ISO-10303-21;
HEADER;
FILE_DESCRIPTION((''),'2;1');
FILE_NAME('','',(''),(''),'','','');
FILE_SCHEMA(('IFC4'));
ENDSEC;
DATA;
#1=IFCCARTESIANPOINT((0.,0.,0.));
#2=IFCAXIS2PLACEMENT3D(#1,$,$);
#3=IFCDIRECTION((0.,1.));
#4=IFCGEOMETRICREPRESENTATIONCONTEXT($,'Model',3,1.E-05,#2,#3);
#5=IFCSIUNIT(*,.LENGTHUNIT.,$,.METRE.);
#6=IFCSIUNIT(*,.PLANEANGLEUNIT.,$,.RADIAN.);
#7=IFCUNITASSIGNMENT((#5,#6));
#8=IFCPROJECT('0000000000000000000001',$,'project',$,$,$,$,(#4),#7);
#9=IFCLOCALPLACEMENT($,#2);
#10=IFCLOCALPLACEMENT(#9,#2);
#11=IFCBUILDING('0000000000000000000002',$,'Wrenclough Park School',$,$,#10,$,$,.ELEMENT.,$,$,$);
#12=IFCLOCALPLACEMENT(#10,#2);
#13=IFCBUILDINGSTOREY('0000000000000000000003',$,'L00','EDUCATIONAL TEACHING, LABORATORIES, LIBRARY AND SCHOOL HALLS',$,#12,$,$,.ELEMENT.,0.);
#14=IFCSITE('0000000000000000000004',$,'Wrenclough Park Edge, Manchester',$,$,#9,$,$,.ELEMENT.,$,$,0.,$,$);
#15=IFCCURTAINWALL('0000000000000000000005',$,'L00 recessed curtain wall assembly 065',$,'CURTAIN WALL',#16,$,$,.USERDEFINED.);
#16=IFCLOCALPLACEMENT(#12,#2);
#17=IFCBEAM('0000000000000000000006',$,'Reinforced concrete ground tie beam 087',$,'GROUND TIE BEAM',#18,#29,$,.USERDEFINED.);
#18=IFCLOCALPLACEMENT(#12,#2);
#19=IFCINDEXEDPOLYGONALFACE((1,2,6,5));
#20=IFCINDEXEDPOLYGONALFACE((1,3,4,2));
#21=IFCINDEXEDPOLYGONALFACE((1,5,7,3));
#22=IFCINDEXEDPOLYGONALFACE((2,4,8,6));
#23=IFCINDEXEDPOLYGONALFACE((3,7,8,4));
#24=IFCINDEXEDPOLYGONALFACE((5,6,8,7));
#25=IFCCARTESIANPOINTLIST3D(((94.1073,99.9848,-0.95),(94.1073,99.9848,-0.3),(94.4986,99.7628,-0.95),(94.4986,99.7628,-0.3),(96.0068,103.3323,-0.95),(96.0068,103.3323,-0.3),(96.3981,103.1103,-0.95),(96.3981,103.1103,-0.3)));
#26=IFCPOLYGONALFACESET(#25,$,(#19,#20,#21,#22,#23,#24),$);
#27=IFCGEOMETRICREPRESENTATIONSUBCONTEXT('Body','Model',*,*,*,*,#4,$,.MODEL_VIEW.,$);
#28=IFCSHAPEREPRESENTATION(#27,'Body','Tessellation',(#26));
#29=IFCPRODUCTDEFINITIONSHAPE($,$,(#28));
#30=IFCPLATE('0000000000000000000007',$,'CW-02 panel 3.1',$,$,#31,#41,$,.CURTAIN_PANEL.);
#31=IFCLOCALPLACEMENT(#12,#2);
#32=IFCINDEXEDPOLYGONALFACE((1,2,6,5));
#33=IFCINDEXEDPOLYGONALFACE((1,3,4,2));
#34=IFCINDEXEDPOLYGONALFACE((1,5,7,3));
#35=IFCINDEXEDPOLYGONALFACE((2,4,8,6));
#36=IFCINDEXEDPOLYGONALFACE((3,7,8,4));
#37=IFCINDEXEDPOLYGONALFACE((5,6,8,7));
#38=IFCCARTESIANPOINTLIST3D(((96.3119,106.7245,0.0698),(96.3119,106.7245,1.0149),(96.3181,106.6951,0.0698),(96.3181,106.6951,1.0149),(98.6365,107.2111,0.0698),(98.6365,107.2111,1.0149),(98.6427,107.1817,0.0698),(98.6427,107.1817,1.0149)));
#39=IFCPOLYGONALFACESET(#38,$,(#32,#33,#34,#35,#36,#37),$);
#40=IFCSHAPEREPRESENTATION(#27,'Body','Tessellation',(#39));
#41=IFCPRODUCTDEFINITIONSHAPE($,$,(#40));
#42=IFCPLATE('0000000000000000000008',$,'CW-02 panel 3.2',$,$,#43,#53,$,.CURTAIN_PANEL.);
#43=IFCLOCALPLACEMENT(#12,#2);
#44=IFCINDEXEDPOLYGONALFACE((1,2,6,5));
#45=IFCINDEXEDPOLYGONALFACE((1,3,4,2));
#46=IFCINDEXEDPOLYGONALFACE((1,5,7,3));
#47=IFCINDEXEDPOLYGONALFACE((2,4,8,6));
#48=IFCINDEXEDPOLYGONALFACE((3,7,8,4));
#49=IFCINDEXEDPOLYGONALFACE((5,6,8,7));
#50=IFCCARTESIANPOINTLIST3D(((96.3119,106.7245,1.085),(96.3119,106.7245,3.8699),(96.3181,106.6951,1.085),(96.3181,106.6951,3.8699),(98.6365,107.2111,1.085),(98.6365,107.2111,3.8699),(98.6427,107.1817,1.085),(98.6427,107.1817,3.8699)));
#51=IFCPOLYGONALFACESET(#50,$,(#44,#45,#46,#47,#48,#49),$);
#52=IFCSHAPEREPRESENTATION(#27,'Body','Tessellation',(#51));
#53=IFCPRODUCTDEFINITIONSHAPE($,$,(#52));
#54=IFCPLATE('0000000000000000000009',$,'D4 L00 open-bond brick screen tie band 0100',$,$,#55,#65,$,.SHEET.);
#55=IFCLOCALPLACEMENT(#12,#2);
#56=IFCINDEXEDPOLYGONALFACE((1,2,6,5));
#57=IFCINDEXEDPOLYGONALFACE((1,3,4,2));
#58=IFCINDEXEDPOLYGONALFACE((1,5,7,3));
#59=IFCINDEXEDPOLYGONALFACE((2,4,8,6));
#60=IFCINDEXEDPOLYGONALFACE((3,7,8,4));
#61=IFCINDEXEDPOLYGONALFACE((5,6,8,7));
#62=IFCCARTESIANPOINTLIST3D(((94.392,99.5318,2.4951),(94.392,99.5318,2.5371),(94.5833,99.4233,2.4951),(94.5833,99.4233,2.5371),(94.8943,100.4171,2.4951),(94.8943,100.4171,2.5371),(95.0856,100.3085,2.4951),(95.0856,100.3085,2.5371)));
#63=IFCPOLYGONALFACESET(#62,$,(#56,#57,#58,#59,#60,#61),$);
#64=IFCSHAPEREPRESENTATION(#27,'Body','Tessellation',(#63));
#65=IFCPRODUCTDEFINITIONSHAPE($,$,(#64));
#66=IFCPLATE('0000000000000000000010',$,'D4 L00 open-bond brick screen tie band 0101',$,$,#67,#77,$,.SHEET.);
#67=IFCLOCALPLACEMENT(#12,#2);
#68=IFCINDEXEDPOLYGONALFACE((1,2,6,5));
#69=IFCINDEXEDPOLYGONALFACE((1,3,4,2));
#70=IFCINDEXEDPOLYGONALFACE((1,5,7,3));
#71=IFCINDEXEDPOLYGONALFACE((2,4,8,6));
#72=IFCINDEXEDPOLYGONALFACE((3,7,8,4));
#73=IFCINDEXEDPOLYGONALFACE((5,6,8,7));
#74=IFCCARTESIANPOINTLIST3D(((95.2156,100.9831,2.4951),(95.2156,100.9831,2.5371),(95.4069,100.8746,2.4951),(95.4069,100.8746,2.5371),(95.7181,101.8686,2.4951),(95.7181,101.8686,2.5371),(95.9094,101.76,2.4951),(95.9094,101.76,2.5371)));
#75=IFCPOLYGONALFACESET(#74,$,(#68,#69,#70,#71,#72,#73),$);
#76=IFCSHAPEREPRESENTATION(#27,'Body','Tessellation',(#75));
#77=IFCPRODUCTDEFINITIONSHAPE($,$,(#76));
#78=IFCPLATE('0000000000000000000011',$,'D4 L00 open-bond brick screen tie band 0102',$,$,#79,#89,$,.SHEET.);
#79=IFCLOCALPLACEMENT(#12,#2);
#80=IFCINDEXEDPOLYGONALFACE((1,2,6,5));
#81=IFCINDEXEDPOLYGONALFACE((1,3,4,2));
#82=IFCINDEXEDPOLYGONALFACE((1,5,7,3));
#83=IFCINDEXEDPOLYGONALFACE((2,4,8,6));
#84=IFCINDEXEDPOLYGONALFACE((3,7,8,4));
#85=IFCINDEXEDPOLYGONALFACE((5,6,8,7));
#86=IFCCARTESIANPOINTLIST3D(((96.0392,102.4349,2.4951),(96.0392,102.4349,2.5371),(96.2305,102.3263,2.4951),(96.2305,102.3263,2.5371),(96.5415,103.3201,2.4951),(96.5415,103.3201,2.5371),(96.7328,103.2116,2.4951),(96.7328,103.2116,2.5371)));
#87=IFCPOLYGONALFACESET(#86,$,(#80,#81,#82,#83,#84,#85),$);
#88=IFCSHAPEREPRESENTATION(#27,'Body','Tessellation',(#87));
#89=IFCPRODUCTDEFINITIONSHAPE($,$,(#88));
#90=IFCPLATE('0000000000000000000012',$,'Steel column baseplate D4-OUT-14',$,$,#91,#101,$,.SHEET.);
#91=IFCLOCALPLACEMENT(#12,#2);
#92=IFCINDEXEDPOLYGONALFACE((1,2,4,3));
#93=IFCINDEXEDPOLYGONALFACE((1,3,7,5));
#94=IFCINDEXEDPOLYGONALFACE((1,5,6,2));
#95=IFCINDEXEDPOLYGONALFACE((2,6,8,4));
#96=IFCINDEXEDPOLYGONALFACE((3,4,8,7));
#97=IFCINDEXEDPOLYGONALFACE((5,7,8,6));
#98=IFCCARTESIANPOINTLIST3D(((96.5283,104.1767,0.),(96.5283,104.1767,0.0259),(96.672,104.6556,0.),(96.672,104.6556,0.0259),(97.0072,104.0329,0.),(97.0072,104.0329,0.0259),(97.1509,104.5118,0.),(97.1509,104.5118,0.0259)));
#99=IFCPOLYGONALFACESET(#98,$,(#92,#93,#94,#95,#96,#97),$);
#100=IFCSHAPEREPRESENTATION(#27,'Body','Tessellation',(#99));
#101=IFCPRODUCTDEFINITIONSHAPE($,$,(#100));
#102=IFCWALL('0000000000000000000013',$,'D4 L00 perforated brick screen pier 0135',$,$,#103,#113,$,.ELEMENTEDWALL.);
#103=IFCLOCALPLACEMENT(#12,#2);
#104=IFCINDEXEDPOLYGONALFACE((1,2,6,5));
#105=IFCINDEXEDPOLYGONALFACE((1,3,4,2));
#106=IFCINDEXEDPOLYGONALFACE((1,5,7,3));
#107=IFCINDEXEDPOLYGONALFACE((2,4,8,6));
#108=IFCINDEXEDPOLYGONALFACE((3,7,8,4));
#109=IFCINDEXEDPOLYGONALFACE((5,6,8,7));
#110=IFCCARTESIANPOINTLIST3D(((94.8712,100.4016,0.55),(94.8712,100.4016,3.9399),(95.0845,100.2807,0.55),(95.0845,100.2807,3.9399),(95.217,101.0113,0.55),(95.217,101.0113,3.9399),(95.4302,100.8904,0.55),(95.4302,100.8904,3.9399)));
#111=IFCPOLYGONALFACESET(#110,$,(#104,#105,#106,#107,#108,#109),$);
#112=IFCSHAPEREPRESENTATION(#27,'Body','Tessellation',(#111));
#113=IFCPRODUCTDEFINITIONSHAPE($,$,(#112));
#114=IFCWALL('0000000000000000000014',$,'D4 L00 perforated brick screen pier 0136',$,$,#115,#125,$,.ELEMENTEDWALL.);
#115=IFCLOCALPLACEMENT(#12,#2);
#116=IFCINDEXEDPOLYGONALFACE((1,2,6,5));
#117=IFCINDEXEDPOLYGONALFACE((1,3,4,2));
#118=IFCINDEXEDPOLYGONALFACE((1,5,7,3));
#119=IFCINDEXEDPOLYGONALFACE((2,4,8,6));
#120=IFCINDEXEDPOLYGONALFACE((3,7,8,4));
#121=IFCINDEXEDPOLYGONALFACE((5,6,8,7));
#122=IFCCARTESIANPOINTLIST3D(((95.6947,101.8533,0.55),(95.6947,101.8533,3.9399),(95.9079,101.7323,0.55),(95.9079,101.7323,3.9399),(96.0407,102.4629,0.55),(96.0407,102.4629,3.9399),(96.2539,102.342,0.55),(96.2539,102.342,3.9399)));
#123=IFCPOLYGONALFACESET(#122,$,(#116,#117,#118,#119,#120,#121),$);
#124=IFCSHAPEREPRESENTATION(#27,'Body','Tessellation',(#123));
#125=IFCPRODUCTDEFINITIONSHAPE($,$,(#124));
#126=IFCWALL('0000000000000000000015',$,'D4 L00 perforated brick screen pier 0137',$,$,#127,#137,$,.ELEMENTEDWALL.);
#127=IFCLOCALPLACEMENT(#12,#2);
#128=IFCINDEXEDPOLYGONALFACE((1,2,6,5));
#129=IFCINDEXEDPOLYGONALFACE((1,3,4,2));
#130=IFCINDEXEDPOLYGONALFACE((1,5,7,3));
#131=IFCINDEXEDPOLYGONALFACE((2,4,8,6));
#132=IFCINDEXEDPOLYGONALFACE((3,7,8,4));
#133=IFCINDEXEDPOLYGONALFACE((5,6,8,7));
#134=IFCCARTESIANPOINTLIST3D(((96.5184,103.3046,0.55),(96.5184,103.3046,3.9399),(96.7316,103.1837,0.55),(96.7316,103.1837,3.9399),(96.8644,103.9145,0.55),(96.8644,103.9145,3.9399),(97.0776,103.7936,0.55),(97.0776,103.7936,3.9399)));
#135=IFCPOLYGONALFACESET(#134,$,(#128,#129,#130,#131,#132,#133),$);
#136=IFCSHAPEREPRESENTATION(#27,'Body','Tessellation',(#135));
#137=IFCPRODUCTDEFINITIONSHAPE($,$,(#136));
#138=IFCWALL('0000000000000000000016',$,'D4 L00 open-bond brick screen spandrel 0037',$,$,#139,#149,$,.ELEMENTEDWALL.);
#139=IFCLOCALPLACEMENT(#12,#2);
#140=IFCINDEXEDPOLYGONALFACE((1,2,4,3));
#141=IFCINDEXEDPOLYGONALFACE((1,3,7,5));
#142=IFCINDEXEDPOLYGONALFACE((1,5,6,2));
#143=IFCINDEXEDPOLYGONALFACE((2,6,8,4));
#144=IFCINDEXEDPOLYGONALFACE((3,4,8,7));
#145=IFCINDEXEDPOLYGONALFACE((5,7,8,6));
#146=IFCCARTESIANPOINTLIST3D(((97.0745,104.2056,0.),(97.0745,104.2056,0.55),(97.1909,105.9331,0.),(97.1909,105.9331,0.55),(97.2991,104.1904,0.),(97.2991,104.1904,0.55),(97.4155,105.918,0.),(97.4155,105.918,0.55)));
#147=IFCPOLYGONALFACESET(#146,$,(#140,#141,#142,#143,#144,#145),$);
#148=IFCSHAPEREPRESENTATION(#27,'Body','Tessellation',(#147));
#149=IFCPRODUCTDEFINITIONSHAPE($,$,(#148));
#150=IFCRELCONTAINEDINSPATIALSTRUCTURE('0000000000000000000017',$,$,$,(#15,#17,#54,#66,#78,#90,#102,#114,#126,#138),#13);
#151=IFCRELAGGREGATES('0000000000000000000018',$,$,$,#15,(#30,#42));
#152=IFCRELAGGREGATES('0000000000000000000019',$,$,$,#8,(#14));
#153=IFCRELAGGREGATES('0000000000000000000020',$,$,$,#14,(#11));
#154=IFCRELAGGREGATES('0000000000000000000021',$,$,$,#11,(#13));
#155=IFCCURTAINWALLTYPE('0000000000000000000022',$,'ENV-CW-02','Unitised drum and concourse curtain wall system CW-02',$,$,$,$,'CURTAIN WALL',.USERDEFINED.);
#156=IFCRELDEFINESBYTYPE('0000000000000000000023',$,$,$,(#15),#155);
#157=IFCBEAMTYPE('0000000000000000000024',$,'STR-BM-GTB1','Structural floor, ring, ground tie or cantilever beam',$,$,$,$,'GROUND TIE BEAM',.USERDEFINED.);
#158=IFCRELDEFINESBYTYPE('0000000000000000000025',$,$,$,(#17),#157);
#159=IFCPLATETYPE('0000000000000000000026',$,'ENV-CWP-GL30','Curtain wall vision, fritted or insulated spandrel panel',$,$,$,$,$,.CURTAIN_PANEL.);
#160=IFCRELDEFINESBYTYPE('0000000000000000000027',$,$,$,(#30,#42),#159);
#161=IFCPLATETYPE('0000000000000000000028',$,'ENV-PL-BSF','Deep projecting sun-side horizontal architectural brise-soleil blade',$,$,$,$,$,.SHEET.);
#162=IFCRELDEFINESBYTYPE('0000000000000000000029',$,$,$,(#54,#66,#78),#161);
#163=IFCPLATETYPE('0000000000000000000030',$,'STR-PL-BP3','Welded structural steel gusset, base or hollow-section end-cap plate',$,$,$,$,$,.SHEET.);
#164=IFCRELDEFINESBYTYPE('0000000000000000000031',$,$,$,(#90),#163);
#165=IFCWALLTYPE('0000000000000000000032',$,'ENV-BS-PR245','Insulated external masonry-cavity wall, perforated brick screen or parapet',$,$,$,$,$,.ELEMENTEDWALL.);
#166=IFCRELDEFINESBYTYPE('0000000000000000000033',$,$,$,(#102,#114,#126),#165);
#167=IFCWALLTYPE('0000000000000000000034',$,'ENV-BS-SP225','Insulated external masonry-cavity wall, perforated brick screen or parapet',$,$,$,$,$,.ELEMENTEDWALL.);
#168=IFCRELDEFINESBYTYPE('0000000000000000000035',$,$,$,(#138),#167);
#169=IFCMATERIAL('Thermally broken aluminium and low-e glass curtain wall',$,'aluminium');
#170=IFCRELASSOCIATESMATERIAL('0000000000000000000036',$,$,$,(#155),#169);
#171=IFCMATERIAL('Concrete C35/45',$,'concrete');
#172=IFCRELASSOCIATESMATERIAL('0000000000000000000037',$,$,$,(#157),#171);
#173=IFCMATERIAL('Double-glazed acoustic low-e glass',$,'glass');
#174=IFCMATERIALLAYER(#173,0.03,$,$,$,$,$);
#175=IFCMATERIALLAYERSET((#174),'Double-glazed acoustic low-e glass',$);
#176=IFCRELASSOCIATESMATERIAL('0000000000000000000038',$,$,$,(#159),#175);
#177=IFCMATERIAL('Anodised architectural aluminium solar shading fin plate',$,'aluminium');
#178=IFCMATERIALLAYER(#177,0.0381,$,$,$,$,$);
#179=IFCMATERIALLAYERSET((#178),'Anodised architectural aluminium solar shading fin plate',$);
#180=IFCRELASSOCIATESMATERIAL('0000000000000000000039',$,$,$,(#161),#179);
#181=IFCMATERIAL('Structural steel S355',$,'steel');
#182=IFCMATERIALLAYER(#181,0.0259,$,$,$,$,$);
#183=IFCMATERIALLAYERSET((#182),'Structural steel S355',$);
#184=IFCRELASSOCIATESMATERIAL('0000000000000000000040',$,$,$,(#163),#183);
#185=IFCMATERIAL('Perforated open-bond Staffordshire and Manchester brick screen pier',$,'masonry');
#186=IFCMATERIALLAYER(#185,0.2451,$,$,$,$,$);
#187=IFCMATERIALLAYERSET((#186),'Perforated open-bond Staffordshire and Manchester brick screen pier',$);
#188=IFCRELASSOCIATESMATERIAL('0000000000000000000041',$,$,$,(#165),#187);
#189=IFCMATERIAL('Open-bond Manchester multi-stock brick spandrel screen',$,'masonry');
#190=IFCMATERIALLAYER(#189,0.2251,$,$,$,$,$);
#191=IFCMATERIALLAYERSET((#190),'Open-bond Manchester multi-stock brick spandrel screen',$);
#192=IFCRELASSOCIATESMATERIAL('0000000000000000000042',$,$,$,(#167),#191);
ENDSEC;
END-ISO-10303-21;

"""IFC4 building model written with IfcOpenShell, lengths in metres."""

from ifc_helpers import new_model, si_unit, direction, frame, frame_2d, origin, origin_2d, place, context, subcontext, project, spatial, rectangle, extrude, material, layer, layer_set, material_profile, profile_set, type_object, element, aggregate, save


model = new_model("IFC4")

# Units and contexts
model_context = context("Model", 3, precision=1e-05, world=origin(), true_north=direction((0.0, 1.0)))
body_context = subcontext(model_context, "Body", "Model", "MODEL_VIEW")
ifc_project = project(units=[si_unit("LENGTHUNIT", "METRE"), si_unit("PLANEANGLEUNIT", "RADIAN")], contexts=[model_context])

# Site, building, storey
site_placement = place(None, origin())
site = spatial("IfcSite", under=ifc_project, at=site_placement, Name="Wrenclough Park Edge, Manchester", CompositionType="ELEMENT", RefElevation=0.0)
building_placement = place(site_placement, origin())
building = spatial("IfcBuilding", under=site, at=building_placement, Name="Wrenclough Park School", CompositionType="ELEMENT")
storey_placement = place(building_placement, origin())
storey = spatial("IfcBuildingStorey", under=building, at=storey_placement, Name="L00", Description="EDUCATIONAL TEACHING, LABORATORIES, LIBRARY AND SCHOOL HALLS", CompositionType="ELEMENT", Elevation=0.0)

# Shared definitions
ifc_material_1 = material(Name="Concrete C35/45", Category="concrete")

# Shared definitions
ifc_material_2 = material(Name="Structural steel S355", Category="steel")

# Curtain wall
ifc_material_3 = material(Name="Thermally broken aluminium and low-e glass curtain wall", Category="aluminium")
curtain_wall_type = type_object("IfcCurtainWallType", Name="ENV-CW-02", Description="Unitised drum and concourse curtain wall system CW-02", ElementType="CURTAIN WALL", PredefinedType="USERDEFINED", material=ifc_material_3)
curtain_wall_placement = place(storey_placement, origin())
curtain_wall = element("IfcCurtainWall", 1, at=curtain_wall_placement, inside=storey, type_object=curtain_wall_type, Name="L00 recessed curtain wall assembly 065", ObjectType="CURTAIN WALL", PredefinedType="USERDEFINED")

# Beam
ifc_material_profile_1 = material_profile(ifc_material_1, rectangle(XDim=0.45, YDim=0.6499, at=origin_2d()), Name="RC GROUND 450x650")
ifc_profile_set_1 = profile_set([ifc_material_profile_1], Name="Concrete C35/45")
beam_type = type_object("IfcBeamType", Name="STR-BM-GTB1", Description="Structural floor, ring, ground tie or cantilever beam", ElementType="GROUND TIE BEAM", PredefinedType="USERDEFINED", material=ifc_profile_set_1)
beam_placement = place(storey_placement, frame((94.303, 99.8738, -0.625), z_axis=(0.493513, 0.869738, 0.0), x_axis=(-0.869738, 0.493513, 0.0)))
element("IfcBeam", 2, at=beam_placement, inside=storey, type_object=beam_type, Name="Reinforced concrete ground tie beam 087", ObjectType="GROUND TIE BEAM", PredefinedType="USERDEFINED", context=body_context, shape_type="SweptSolid", body=[
    extrude(rectangle(XDim=0.45, YDim=0.6499, at=origin_2d()), origin(), (0.0, 0.0, 1.0), 3.8489),
])

# Plates
ifc_material_4 = material(Name="Double-glazed acoustic low-e glass", Category="glass")
ifc_layer_1 = layer(ifc_material_4, 0.03)
ifc_layer_set_1 = layer_set([ifc_layer_1], Name="Double-glazed acoustic low-e glass")
plate_type_1 = type_object("IfcPlateType", Name="ENV-CWP-GL30", Description="Curtain wall vision, fritted or insulated spandrel panel", PredefinedType="CURTAIN_PANEL", material=ifc_layer_set_1)
plate_1_placement = place(storey_placement, frame((97.4773, 106.9531, 0.0698), z_axis=(0.0, 0.0, 1.0), x_axis=(-0.978788, -0.204874, 0.0)))
plate_1 = element("IfcPlate", 3, at=plate_1_placement, type_object=plate_type_1, Name="CW-02 panel 3.1", PredefinedType="CURTAIN_PANEL", context=body_context, shape_type="SweptSolid", body=[
    extrude(rectangle(XDim=2.375, YDim=0.03, at=origin_2d()), origin(), (0.0, 0.0, 1.0), 0.9451),
])
plate_2_placement = place(storey_placement, frame((97.4773, 106.9531, 1.085), z_axis=(0.0, 0.0, 1.0), x_axis=(-0.978788, -0.204874, 0.0)))
plate_2 = element("IfcPlate", 4, at=plate_2_placement, type_object=plate_type_1, Name="CW-02 panel 3.2", PredefinedType="CURTAIN_PANEL", context=body_context, shape_type="SweptSolid", body=[
    extrude(rectangle(XDim=2.375, YDim=0.03, at=origin_2d()), origin(), (0.0, 0.0, 1.0), 2.7849),
])
aggregate(curtain_wall, [plate_1, plate_2])

# Plates
ifc_material_5 = material(Name="Anodised architectural aluminium solar shading fin plate", Category="aluminium")
ifc_layer_2 = layer(ifc_material_5, 0.0381)
ifc_layer_set_2 = layer_set([ifc_layer_2], Name="Anodised architectural aluminium solar shading fin plate")
plate_type_2 = type_object("IfcPlateType", Name="ENV-PL-BSF", Description="Deep projecting sun-side horizontal architectural brise-soleil blade", PredefinedType="SHEET", material=ifc_layer_set_2)
plate_3_placement = place(storey_placement, frame((94.7388, 99.9202, 2.4951), z_axis=(0.0, 0.0, 1.0), x_axis=(0.493509, 0.869741, 0.0)))
element("IfcPlate", 5, at=plate_3_placement, inside=storey, type_object=plate_type_2, Name="D4 L00 open-bond brick screen tie band 0100", PredefinedType="SHEET", context=body_context, shape_type="SweptSolid", body=[
    extrude(rectangle(XDim=1.0178, YDim=0.22, at=origin_2d()), origin(), (0.0, 0.0, 1.0), 0.042),
])
plate_4_placement = place(storey_placement, frame((95.5625, 101.3716, 2.4951), z_axis=(0.0, 0.0, 1.0), x_axis=(0.493509, 0.869741, 0.0)))
element("IfcPlate", 6, at=plate_4_placement, inside=storey, type_object=plate_type_2, Name="D4 L00 open-bond brick screen tie band 0101", PredefinedType="SHEET", context=body_context, shape_type="SweptSolid", body=[
    extrude(rectangle(XDim=1.0181, YDim=0.22, at=origin_2d()), origin(), (0.0, 0.0, 1.0), 0.042),
])
plate_5_placement = place(storey_placement, frame((96.386, 102.8232, 2.4951), z_axis=(0.0, 0.0, 1.0), x_axis=(0.493509, 0.869741, 0.0)))
element("IfcPlate", 7, at=plate_5_placement, inside=storey, type_object=plate_type_2, Name="D4 L00 open-bond brick screen tie band 0102", PredefinedType="SHEET", context=body_context, shape_type="SweptSolid", body=[
    extrude(rectangle(XDim=1.0178, YDim=0.22, at=origin_2d()), origin(), (0.0, 0.0, 1.0), 0.042),
])
ifc_layer_3 = layer(ifc_material_2, 0.0259)
ifc_layer_set_3 = layer_set([ifc_layer_3], Name="Structural steel S355")
plate_type_3 = type_object("IfcPlateType", Name="STR-PL-BP3", Description="Welded structural steel gusset, base or hollow-section end-cap plate", PredefinedType="SHEET", material=ifc_layer_set_3)
plate_6_placement = place(storey_placement, frame((96.8396, 104.3442, 0.0), z_axis=(0.0, 0.0, 1.0), x_axis=(0.287528, 0.957772, 0.0)))
element("IfcPlate", 8, at=plate_6_placement, inside=storey, type_object=plate_type_3, Name="Steel column baseplate D4-OUT-14", PredefinedType="SHEET", context=body_context, shape_type="SweptSolid", body=[
    extrude(rectangle(XDim=0.5, YDim=0.5, at=origin_2d()), origin(), (0.0, 0.0, 1.0), 0.0259),
])

# Walls
ifc_material_6 = material(Name="Perforated open-bond Staffordshire and Manchester brick screen pier", Category="masonry")
ifc_layer_4 = layer(ifc_material_6, 0.2451)
ifc_layer_set_4 = layer_set([ifc_layer_4], Name="Perforated open-bond Staffordshire and Manchester brick screen pier")
wall_type_1 = type_object("IfcWallType", Name="ENV-BS-PR245", Description="Insulated external masonry-cavity wall, perforated brick screen or parapet", PredefinedType="ELEMENTEDWALL", material=ifc_layer_set_4)
for number, where, z_axis, x_axis, name in (
    (9, (94.9778, 100.3411, 0.55), (0.0, 0.0, 1.0), (0.493285, 0.869868, 0.0), "D4 L00 perforated brick screen pier 0135"),
    (10, (95.8013, 101.7927, 0.55), (0.0, 0.0, 1.0), (0.493549, 0.869718, 0.0), "D4 L00 perforated brick screen pier 0136"),
):
    element("IfcWall", number, at=place(storey_placement, frame(where, z_axis=z_axis, x_axis=x_axis)), inside=storey, type_object=wall_type_1, Name=name, PredefinedType="ELEMENTEDWALL", context=body_context, shape_type="SweptSolid", body=[
        extrude(rectangle(XDim=0.7009, YDim=0.2451, at=frame_2d((0.3506, 0.0))), origin(), (0.0, 0.0, 1.0), 3.3899),
    ])
wall_1_placement = place(storey_placement, frame((96.625, 103.2441, 0.55), z_axis=(0.0, 0.0, 1.0), x_axis=(0.493399, 0.869803, 0.0)))
element("IfcWall", 11, at=wall_1_placement, inside=storey, type_object=wall_type_1, Name="D4 L00 perforated brick screen pier 0137", PredefinedType="ELEMENTEDWALL", context=body_context, shape_type="SweptSolid", body=[
    extrude(rectangle(XDim=0.7012, YDim=0.2451, at=frame_2d((0.3506, 0.0))), origin(), (0.0, 0.0, 1.0), 3.3899),
])
ifc_material_7 = material(Name="Open-bond Manchester multi-stock brick spandrel screen", Category="masonry")
ifc_layer_5 = layer(ifc_material_7, 0.2251)
ifc_layer_set_5 = layer_set([ifc_layer_5], Name="Open-bond Manchester multi-stock brick spandrel screen")
wall_type_2 = type_object("IfcWallType", Name="ENV-BS-SP225", Description="Insulated external masonry-cavity wall, perforated brick screen or parapet", PredefinedType="ELEMENTEDWALL", material=ifc_layer_set_5)
wall_2_placement = place(storey_placement, frame((97.1868, 104.198, 0.0), z_axis=(0.0, 0.0, 1.0), x_axis=(0.067258, 0.997736, 0.0)))
element("IfcWall", 12, at=wall_2_placement, inside=storey, type_object=wall_type_2, Name="D4 L00 open-bond brick screen spandrel 0037", PredefinedType="ELEMENTEDWALL", context=body_context, shape_type="SweptSolid", body=[
    extrude(rectangle(XDim=1.7314, YDim=0.2251, at=frame_2d((0.8657, 0.0))), origin(), (0.0, 0.0, 1.0), 0.55),
])

save(model, "model.ifc")
